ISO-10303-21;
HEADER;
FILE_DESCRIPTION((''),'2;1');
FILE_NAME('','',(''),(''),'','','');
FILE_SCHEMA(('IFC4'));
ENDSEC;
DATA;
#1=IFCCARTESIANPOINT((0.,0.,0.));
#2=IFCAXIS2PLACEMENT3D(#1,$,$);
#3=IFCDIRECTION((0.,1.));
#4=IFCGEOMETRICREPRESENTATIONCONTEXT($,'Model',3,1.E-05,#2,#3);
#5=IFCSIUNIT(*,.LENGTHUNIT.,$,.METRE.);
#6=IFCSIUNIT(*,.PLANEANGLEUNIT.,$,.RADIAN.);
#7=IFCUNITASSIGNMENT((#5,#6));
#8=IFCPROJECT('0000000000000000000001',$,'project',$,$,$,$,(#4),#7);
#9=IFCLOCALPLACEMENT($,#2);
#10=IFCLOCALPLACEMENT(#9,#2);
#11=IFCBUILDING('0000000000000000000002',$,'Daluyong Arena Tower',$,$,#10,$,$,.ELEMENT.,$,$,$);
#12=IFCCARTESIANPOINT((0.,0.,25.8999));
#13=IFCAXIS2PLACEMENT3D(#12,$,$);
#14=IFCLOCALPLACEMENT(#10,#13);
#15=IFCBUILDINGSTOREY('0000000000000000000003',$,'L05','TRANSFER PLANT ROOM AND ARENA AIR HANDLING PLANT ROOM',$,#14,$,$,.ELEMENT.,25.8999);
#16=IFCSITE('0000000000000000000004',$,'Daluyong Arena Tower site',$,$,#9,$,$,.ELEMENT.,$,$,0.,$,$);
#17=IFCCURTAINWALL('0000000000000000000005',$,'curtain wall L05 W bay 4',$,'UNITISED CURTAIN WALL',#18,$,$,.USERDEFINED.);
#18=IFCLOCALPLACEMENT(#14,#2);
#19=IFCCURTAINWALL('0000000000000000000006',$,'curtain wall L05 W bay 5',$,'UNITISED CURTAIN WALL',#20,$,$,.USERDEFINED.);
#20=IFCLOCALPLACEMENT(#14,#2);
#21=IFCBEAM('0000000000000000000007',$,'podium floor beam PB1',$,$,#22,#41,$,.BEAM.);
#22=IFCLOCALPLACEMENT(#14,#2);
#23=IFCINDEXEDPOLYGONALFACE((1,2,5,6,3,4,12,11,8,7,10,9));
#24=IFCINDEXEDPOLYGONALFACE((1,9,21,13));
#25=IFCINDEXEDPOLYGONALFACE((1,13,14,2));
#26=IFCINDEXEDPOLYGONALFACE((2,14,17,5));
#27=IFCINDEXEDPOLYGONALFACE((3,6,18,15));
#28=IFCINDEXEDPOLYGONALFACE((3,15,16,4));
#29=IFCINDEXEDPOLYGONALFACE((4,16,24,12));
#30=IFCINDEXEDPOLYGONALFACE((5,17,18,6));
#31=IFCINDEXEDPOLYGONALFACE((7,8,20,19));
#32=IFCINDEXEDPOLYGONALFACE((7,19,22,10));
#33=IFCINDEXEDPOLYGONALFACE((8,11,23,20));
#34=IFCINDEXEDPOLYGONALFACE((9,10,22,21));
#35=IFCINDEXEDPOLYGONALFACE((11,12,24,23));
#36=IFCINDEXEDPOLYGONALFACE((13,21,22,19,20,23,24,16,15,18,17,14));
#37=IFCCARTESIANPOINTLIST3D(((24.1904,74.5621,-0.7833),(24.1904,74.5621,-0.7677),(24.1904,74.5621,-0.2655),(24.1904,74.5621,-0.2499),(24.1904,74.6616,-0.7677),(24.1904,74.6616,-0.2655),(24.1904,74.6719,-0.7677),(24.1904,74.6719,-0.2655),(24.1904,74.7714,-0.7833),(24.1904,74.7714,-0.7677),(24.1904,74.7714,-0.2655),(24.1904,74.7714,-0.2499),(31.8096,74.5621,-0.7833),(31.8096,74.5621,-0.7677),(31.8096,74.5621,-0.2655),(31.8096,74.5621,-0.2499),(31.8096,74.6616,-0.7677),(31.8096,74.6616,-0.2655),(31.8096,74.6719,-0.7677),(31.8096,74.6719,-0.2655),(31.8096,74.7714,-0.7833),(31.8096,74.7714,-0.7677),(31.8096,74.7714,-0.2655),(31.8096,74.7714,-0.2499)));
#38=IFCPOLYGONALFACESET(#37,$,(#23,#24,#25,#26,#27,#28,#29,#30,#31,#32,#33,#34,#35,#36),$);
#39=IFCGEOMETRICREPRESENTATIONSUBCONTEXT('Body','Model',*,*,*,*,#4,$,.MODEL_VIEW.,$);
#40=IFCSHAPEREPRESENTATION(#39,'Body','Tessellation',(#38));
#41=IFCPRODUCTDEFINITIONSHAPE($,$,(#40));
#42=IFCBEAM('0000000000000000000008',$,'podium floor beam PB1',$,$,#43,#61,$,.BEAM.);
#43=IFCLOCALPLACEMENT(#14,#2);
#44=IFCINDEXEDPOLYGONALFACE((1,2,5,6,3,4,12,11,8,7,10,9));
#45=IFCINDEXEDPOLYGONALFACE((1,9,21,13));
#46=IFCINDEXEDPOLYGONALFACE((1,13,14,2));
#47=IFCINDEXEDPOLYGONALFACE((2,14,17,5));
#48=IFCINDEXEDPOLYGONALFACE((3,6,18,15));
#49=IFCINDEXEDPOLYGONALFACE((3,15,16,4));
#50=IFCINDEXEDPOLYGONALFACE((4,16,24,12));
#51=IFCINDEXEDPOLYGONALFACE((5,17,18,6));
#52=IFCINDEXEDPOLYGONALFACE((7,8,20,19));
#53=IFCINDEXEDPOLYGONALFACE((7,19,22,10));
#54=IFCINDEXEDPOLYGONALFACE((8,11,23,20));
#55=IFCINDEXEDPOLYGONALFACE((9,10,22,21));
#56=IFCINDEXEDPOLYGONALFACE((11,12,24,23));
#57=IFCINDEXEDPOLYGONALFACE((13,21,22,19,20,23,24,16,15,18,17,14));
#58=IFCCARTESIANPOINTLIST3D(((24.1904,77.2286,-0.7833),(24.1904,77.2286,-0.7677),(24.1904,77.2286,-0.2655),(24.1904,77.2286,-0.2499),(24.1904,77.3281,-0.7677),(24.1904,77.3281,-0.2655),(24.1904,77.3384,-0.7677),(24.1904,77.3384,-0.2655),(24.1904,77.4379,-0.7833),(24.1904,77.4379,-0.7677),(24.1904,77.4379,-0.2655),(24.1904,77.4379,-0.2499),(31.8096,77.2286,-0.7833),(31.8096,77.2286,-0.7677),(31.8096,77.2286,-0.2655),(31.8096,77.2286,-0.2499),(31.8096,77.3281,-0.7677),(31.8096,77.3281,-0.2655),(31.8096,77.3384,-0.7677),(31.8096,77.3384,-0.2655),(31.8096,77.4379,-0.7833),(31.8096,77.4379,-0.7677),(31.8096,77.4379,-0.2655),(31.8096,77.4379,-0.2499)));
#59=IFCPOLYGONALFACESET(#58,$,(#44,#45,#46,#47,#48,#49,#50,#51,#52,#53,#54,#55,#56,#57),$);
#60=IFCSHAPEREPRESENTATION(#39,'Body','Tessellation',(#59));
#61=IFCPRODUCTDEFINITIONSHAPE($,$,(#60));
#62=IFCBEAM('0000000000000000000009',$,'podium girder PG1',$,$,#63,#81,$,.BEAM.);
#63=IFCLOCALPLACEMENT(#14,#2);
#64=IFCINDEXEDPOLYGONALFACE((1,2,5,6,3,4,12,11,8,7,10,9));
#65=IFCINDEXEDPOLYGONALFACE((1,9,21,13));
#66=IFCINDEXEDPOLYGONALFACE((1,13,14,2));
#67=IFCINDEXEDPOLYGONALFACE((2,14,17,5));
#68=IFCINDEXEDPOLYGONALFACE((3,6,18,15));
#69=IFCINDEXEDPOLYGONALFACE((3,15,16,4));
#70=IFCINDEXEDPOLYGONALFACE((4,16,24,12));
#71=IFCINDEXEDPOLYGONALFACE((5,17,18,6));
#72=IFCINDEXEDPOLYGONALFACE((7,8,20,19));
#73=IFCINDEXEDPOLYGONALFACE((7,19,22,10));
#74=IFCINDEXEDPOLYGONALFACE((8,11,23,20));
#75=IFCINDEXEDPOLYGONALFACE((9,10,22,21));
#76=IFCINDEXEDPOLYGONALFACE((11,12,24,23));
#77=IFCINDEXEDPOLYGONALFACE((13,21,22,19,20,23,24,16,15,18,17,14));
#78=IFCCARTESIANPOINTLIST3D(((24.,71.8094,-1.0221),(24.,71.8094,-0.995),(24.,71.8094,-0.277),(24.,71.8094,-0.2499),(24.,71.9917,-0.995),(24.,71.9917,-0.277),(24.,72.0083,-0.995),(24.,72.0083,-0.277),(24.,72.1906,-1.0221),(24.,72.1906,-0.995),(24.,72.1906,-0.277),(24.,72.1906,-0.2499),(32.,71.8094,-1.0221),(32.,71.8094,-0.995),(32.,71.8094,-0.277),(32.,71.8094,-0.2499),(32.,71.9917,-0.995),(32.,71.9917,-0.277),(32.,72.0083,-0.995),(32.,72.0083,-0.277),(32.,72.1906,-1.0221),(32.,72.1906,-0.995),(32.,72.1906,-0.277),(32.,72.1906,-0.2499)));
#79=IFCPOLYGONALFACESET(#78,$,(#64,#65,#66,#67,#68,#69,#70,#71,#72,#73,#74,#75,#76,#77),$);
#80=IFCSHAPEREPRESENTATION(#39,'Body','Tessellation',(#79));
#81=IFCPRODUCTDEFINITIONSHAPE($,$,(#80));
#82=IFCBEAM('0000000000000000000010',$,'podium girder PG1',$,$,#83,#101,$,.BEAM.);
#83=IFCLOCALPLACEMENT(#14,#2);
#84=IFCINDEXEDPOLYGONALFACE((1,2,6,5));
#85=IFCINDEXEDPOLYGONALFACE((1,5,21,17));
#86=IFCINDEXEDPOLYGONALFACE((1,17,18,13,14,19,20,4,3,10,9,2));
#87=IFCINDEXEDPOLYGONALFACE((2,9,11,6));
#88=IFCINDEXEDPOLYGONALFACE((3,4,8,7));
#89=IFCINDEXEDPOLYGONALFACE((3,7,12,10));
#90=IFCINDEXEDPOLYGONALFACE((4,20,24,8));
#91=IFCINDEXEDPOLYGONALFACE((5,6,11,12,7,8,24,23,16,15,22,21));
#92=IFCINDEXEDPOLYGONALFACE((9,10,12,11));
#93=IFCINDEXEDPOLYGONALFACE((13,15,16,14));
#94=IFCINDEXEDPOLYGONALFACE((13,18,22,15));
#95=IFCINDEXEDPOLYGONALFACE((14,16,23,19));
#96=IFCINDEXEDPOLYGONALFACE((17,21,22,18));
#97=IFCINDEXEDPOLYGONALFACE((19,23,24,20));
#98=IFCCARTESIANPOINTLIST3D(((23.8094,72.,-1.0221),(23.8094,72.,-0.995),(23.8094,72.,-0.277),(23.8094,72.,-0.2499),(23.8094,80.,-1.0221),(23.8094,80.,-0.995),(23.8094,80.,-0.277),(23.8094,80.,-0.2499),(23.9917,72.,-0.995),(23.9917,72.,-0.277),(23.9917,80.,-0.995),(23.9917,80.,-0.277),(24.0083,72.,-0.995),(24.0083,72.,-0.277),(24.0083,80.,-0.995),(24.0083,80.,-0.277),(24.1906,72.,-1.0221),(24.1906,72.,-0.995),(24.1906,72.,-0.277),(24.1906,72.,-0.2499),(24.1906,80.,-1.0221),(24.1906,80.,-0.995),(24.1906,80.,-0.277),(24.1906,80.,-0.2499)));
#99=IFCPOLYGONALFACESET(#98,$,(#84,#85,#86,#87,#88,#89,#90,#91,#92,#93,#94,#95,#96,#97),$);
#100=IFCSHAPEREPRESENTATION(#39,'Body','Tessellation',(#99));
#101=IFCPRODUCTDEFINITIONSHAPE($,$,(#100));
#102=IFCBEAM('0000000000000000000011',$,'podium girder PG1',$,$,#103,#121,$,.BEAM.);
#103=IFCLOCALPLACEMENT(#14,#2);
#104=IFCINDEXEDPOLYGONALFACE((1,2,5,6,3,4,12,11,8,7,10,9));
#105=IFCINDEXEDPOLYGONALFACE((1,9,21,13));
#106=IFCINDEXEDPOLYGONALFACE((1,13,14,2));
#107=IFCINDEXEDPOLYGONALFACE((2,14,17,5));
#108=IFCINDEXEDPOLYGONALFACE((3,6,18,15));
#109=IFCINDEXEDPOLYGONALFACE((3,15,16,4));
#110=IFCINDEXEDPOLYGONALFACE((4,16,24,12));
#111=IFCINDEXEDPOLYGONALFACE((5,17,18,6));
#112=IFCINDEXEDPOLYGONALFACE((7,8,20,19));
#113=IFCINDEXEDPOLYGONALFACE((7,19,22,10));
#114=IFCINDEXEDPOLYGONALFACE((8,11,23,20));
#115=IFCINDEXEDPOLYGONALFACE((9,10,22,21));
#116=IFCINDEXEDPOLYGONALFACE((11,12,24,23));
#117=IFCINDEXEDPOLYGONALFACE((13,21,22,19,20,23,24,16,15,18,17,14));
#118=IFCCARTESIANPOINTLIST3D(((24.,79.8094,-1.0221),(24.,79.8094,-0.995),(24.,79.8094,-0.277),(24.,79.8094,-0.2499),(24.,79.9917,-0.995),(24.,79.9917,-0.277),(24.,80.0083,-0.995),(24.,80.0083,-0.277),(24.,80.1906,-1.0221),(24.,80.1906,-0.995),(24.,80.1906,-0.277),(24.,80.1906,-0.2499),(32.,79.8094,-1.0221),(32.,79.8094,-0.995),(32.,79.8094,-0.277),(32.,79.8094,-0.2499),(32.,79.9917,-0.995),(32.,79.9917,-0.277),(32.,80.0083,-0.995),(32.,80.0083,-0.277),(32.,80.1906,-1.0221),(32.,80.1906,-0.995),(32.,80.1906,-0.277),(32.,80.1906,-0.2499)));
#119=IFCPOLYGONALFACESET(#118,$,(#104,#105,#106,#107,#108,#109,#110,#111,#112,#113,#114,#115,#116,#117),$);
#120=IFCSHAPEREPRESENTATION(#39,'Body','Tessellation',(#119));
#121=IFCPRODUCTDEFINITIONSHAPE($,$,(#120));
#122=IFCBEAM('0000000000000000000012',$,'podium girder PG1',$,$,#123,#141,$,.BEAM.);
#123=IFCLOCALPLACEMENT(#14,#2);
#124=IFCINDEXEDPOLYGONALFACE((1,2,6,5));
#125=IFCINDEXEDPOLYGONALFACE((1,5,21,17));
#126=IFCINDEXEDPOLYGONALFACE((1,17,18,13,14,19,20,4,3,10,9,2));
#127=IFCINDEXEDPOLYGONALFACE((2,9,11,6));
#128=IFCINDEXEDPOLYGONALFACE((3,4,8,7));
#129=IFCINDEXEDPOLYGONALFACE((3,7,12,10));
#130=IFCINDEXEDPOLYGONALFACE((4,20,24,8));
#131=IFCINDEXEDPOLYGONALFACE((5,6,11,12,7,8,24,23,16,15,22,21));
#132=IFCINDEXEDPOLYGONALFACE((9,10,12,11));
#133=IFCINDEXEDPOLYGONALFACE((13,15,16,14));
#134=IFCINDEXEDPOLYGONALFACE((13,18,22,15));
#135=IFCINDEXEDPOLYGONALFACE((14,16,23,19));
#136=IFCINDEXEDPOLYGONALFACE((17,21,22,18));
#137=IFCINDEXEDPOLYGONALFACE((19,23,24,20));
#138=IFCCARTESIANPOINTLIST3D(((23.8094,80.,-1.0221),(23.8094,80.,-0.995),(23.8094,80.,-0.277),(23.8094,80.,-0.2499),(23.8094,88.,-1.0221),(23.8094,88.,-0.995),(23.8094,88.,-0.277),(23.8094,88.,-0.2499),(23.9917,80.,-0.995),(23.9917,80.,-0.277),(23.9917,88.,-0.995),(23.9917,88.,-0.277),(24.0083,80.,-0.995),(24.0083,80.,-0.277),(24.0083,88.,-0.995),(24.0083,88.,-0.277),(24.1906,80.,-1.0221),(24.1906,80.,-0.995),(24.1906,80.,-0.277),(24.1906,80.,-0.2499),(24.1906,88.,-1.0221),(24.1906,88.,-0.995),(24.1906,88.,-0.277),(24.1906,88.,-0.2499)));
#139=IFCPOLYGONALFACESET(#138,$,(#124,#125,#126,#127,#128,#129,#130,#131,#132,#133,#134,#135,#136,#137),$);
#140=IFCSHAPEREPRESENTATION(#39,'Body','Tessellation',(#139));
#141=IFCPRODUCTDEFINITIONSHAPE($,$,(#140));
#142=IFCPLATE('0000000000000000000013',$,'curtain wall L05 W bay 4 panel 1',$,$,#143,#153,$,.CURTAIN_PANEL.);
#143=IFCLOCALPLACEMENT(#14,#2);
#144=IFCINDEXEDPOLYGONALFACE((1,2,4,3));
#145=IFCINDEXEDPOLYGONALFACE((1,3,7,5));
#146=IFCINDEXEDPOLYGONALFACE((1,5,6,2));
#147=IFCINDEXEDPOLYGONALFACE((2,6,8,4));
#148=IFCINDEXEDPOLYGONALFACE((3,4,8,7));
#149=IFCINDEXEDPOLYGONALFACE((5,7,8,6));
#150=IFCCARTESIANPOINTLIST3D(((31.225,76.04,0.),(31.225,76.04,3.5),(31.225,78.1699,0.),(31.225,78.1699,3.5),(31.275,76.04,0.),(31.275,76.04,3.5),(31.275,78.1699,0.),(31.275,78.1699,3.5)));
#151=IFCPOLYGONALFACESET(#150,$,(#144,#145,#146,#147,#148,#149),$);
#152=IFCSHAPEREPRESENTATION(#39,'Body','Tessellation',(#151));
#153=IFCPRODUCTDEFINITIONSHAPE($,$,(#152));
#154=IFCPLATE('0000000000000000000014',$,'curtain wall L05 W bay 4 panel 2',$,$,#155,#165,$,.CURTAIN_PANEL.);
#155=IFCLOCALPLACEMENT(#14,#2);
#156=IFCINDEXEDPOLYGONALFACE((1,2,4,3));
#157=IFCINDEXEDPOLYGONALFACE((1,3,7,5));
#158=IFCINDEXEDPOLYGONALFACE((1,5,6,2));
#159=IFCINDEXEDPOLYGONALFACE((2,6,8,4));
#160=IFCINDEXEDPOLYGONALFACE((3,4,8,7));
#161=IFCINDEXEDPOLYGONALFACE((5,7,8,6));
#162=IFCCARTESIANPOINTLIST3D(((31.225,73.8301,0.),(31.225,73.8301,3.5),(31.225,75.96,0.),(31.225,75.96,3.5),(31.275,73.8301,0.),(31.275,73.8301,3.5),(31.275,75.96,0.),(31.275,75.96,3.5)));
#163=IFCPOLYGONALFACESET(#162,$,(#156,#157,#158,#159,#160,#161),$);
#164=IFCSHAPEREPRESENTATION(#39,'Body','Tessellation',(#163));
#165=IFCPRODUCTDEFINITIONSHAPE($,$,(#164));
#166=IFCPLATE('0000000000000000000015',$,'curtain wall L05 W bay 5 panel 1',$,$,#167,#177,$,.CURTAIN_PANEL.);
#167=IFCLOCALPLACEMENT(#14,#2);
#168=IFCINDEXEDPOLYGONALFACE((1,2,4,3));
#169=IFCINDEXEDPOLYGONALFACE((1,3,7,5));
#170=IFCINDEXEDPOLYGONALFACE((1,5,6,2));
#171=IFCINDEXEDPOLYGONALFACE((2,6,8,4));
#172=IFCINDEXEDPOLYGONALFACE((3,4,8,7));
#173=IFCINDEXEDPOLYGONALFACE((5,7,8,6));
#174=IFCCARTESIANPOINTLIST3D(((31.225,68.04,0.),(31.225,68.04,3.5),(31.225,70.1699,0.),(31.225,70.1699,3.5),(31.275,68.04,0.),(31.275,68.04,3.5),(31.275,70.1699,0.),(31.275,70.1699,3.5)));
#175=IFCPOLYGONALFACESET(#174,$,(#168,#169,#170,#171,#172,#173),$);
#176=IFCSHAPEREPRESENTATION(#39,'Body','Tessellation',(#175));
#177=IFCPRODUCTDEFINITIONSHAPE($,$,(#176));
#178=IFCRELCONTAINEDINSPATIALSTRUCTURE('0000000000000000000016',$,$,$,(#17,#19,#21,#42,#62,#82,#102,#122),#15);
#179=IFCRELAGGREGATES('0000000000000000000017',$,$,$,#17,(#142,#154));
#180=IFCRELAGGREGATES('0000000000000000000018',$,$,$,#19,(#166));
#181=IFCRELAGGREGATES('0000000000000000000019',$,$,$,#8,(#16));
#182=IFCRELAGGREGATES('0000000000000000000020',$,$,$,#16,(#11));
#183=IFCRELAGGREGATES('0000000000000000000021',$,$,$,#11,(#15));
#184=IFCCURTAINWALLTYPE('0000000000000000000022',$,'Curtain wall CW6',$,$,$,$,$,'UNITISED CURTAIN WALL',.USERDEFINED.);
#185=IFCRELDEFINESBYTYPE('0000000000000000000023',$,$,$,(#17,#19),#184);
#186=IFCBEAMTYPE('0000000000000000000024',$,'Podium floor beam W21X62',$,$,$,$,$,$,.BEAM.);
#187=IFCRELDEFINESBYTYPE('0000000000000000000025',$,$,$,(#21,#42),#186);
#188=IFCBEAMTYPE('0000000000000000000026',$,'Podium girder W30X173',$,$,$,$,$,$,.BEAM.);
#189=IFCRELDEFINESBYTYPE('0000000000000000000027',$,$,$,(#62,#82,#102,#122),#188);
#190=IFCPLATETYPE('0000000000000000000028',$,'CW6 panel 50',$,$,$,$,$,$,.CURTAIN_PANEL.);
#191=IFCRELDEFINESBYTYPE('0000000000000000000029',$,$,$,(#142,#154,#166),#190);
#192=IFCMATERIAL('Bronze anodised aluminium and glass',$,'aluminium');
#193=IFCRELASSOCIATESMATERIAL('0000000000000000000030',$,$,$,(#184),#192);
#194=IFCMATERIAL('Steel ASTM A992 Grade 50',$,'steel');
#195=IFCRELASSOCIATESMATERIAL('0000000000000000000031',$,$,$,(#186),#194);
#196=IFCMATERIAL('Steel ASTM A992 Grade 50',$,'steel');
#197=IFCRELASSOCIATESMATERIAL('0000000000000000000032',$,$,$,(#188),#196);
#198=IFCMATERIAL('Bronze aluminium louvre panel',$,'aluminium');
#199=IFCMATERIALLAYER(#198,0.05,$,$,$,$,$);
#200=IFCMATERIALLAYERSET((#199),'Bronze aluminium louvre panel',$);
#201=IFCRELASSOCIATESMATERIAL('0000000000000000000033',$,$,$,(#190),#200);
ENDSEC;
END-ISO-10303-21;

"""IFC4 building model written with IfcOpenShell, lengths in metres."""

from ifc_helpers import new_model, si_unit, direction, frame, origin, origin_2d, place, context, subcontext, project, spatial, rectangle, i_section, extrude, material, layer, layer_set, material_profile, profile_set, type_object, element, aggregate, save


model = new_model("IFC4")

# Units and contexts
model_context = context("Model", 3, precision=1e-05, world=origin(), true_north=direction((0.0, 1.0)))
body_context = subcontext(model_context, "Body", "Model", "MODEL_VIEW")
ifc_project = project(units=[si_unit("LENGTHUNIT", "METRE"), si_unit("PLANEANGLEUNIT", "RADIAN")], contexts=[model_context])

# Site, building, storey
site_placement = place(None, origin())
site = spatial("IfcSite", under=ifc_project, at=site_placement, Name="Daluyong Arena Tower site", CompositionType="ELEMENT", RefElevation=0.0)
building_placement = place(site_placement, origin())
building = spatial("IfcBuilding", under=site, at=building_placement, Name="Daluyong Arena Tower", CompositionType="ELEMENT")
storey_placement = place(building_placement, frame((0.0, 0.0, 25.8999)))
storey = spatial("IfcBuildingStorey", under=building, at=storey_placement, Name="L05", Description="TRANSFER PLANT ROOM AND ARENA AIR HANDLING PLANT ROOM", CompositionType="ELEMENT", Elevation=25.8999)

# Shared definitions
ifc_material_1 = material(Name="Bronze anodised aluminium and glass", Category="aluminium")
curtain_wall_type = type_object("IfcCurtainWallType", Name="Curtain wall CW6", ElementType="UNITISED CURTAIN WALL", PredefinedType="USERDEFINED", material=ifc_material_1)

# Curtain wall
curtain_wall_1_placement = place(storey_placement, origin())
curtain_wall_1 = element("IfcCurtainWall", 1, at=curtain_wall_1_placement, inside=storey, type_object=curtain_wall_type, Name="curtain wall L05 W bay 4", ObjectType="UNITISED CURTAIN WALL", PredefinedType="USERDEFINED")

# Curtain wall
curtain_wall_2_placement = place(storey_placement, origin())
curtain_wall_2 = element("IfcCurtainWall", 2, at=curtain_wall_2_placement, inside=storey, type_object=curtain_wall_type, Name="curtain wall L05 W bay 5", ObjectType="UNITISED CURTAIN WALL", PredefinedType="USERDEFINED")

# Beams
ifc_material_2 = material(Name="Steel ASTM A992 Grade 50", Category="steel")
ifc_material_profile_1 = material_profile(ifc_material_2, i_section(OverallWidth=0.2092, OverallDepth=0.5334, WebThickness=0.0103, FlangeThickness=0.0156, at=origin_2d()))
ifc_profile_set_1 = profile_set([ifc_material_profile_1], Name="Steel ASTM A992 Grade 50")
beam_type_1 = type_object("IfcBeamType", Name="Podium floor beam W21X62", PredefinedType="BEAM", material=ifc_profile_set_1)
for number, where, z_axis, x_axis, name in (
    (3, (24.1904, 74.6667, -0.5166), (1.0, 0.0, 0.0), (0.0, 1.0, 0.0), "podium floor beam PB1"),
    (4, (24.1904, 77.3333, -0.5166), (1.0, 0.0, 0.0), (0.0, 1.0, 0.0), "podium floor beam PB1"),
):
    element("IfcBeam", number, at=place(storey_placement, frame(where, z_axis=z_axis, x_axis=x_axis)), inside=storey, type_object=beam_type_1, Name=name, PredefinedType="BEAM", context=body_context, shape_type="SweptSolid", body=[
        extrude(i_section(OverallWidth=0.2092, OverallDepth=0.5334, WebThickness=0.0103, FlangeThickness=0.0156, at=origin_2d()), origin(), (0.0, 0.0, 1.0), 7.6191),
    ])
ifc_material_3 = material(Name="Steel ASTM A992 Grade 50", Category="steel")
ifc_material_profile_2 = material_profile(ifc_material_3, i_section(OverallWidth=0.3811, OverallDepth=0.7722, WebThickness=0.0166, FlangeThickness=0.0271, at=origin_2d()))
ifc_profile_set_2 = profile_set([ifc_material_profile_2], Name="Steel ASTM A992 Grade 50")
beam_type_2 = type_object("IfcBeamType", Name="Podium girder W30X173", PredefinedType="BEAM", material=ifc_profile_set_2)
for number, where, z_axis, x_axis, name in (
    (5, (24.0, 72.0, -0.636), (1.0, 0.0, 0.0), (0.0, 1.0, 0.0), "podium girder PG1"),
    (6, (24.0, 72.0, -0.636), (0.0, 1.0, 0.0), (-1.0, 0.0, 0.0), "podium girder PG1"),
    (7, (24.0, 80.0, -0.636), (1.0, 0.0, 0.0), (0.0, 1.0, 0.0), "podium girder PG1"),
    (8, (24.0, 80.0, -0.636), (0.0, 1.0, 0.0), (-1.0, 0.0, 0.0), "podium girder PG1"),
):
    element("IfcBeam", number, at=place(storey_placement, frame(where, z_axis=z_axis, x_axis=x_axis)), inside=storey, type_object=beam_type_2, Name=name, PredefinedType="BEAM", context=body_context, shape_type="SweptSolid", body=[
        extrude(i_section(OverallWidth=0.3811, OverallDepth=0.7722, WebThickness=0.0166, FlangeThickness=0.0271, at=origin_2d()), origin(), (0.0, 0.0, 1.0), 8.0),
    ])

# Plates
ifc_material_4 = material(Name="Bronze aluminium louvre panel", Category="aluminium")
ifc_layer = layer(ifc_material_4, 0.05)
ifc_layer_set = layer_set([ifc_layer], Name="Bronze aluminium louvre panel")
plate_type = type_object("IfcPlateType", Name="CW6 panel 50", PredefinedType="CURTAIN_PANEL", material=ifc_layer_set)
plate_1_placement = place(storey_placement, frame((31.25, 77.105, 0.0), z_axis=(0.0, 0.0, 1.0), x_axis=(0.0, -1.0, 0.0)))
plate_1 = element("IfcPlate", 9, at=plate_1_placement, type_object=plate_type, Name="curtain wall L05 W bay 4 panel 1", PredefinedType="CURTAIN_PANEL", context=body_context, shape_type="SweptSolid", body=[
    extrude(rectangle(XDim=2.1299, YDim=0.05, at=origin_2d()), origin(), (0.0, 0.0, 1.0), 3.5),
])
plate_2_placement = place(storey_placement, frame((31.25, 74.895, 0.0), z_axis=(0.0, 0.0, 1.0), x_axis=(0.0, -1.0, 0.0)))
plate_2 = element("IfcPlate", 10, at=plate_2_placement, type_object=plate_type, Name="curtain wall L05 W bay 4 panel 2", PredefinedType="CURTAIN_PANEL", context=body_context, shape_type="SweptSolid", body=[
    extrude(rectangle(XDim=2.1299, YDim=0.05, at=origin_2d()), origin(), (0.0, 0.0, 1.0), 3.5),
])
aggregate(curtain_wall_1, [plate_1, plate_2])
plate_3_placement = place(storey_placement, frame((31.25, 69.105, 0.0), z_axis=(0.0, 0.0, 1.0), x_axis=(0.0, -1.0, 0.0)))
plate_3 = element("IfcPlate", 11, at=plate_3_placement, type_object=plate_type, Name="curtain wall L05 W bay 5 panel 1", PredefinedType="CURTAIN_PANEL", context=body_context, shape_type="SweptSolid", body=[
    extrude(rectangle(XDim=2.1299, YDim=0.05, at=origin_2d()), origin(), (0.0, 0.0, 1.0), 3.5),
])
aggregate(curtain_wall_2, [plate_3])

save(model, "model.ifc")
